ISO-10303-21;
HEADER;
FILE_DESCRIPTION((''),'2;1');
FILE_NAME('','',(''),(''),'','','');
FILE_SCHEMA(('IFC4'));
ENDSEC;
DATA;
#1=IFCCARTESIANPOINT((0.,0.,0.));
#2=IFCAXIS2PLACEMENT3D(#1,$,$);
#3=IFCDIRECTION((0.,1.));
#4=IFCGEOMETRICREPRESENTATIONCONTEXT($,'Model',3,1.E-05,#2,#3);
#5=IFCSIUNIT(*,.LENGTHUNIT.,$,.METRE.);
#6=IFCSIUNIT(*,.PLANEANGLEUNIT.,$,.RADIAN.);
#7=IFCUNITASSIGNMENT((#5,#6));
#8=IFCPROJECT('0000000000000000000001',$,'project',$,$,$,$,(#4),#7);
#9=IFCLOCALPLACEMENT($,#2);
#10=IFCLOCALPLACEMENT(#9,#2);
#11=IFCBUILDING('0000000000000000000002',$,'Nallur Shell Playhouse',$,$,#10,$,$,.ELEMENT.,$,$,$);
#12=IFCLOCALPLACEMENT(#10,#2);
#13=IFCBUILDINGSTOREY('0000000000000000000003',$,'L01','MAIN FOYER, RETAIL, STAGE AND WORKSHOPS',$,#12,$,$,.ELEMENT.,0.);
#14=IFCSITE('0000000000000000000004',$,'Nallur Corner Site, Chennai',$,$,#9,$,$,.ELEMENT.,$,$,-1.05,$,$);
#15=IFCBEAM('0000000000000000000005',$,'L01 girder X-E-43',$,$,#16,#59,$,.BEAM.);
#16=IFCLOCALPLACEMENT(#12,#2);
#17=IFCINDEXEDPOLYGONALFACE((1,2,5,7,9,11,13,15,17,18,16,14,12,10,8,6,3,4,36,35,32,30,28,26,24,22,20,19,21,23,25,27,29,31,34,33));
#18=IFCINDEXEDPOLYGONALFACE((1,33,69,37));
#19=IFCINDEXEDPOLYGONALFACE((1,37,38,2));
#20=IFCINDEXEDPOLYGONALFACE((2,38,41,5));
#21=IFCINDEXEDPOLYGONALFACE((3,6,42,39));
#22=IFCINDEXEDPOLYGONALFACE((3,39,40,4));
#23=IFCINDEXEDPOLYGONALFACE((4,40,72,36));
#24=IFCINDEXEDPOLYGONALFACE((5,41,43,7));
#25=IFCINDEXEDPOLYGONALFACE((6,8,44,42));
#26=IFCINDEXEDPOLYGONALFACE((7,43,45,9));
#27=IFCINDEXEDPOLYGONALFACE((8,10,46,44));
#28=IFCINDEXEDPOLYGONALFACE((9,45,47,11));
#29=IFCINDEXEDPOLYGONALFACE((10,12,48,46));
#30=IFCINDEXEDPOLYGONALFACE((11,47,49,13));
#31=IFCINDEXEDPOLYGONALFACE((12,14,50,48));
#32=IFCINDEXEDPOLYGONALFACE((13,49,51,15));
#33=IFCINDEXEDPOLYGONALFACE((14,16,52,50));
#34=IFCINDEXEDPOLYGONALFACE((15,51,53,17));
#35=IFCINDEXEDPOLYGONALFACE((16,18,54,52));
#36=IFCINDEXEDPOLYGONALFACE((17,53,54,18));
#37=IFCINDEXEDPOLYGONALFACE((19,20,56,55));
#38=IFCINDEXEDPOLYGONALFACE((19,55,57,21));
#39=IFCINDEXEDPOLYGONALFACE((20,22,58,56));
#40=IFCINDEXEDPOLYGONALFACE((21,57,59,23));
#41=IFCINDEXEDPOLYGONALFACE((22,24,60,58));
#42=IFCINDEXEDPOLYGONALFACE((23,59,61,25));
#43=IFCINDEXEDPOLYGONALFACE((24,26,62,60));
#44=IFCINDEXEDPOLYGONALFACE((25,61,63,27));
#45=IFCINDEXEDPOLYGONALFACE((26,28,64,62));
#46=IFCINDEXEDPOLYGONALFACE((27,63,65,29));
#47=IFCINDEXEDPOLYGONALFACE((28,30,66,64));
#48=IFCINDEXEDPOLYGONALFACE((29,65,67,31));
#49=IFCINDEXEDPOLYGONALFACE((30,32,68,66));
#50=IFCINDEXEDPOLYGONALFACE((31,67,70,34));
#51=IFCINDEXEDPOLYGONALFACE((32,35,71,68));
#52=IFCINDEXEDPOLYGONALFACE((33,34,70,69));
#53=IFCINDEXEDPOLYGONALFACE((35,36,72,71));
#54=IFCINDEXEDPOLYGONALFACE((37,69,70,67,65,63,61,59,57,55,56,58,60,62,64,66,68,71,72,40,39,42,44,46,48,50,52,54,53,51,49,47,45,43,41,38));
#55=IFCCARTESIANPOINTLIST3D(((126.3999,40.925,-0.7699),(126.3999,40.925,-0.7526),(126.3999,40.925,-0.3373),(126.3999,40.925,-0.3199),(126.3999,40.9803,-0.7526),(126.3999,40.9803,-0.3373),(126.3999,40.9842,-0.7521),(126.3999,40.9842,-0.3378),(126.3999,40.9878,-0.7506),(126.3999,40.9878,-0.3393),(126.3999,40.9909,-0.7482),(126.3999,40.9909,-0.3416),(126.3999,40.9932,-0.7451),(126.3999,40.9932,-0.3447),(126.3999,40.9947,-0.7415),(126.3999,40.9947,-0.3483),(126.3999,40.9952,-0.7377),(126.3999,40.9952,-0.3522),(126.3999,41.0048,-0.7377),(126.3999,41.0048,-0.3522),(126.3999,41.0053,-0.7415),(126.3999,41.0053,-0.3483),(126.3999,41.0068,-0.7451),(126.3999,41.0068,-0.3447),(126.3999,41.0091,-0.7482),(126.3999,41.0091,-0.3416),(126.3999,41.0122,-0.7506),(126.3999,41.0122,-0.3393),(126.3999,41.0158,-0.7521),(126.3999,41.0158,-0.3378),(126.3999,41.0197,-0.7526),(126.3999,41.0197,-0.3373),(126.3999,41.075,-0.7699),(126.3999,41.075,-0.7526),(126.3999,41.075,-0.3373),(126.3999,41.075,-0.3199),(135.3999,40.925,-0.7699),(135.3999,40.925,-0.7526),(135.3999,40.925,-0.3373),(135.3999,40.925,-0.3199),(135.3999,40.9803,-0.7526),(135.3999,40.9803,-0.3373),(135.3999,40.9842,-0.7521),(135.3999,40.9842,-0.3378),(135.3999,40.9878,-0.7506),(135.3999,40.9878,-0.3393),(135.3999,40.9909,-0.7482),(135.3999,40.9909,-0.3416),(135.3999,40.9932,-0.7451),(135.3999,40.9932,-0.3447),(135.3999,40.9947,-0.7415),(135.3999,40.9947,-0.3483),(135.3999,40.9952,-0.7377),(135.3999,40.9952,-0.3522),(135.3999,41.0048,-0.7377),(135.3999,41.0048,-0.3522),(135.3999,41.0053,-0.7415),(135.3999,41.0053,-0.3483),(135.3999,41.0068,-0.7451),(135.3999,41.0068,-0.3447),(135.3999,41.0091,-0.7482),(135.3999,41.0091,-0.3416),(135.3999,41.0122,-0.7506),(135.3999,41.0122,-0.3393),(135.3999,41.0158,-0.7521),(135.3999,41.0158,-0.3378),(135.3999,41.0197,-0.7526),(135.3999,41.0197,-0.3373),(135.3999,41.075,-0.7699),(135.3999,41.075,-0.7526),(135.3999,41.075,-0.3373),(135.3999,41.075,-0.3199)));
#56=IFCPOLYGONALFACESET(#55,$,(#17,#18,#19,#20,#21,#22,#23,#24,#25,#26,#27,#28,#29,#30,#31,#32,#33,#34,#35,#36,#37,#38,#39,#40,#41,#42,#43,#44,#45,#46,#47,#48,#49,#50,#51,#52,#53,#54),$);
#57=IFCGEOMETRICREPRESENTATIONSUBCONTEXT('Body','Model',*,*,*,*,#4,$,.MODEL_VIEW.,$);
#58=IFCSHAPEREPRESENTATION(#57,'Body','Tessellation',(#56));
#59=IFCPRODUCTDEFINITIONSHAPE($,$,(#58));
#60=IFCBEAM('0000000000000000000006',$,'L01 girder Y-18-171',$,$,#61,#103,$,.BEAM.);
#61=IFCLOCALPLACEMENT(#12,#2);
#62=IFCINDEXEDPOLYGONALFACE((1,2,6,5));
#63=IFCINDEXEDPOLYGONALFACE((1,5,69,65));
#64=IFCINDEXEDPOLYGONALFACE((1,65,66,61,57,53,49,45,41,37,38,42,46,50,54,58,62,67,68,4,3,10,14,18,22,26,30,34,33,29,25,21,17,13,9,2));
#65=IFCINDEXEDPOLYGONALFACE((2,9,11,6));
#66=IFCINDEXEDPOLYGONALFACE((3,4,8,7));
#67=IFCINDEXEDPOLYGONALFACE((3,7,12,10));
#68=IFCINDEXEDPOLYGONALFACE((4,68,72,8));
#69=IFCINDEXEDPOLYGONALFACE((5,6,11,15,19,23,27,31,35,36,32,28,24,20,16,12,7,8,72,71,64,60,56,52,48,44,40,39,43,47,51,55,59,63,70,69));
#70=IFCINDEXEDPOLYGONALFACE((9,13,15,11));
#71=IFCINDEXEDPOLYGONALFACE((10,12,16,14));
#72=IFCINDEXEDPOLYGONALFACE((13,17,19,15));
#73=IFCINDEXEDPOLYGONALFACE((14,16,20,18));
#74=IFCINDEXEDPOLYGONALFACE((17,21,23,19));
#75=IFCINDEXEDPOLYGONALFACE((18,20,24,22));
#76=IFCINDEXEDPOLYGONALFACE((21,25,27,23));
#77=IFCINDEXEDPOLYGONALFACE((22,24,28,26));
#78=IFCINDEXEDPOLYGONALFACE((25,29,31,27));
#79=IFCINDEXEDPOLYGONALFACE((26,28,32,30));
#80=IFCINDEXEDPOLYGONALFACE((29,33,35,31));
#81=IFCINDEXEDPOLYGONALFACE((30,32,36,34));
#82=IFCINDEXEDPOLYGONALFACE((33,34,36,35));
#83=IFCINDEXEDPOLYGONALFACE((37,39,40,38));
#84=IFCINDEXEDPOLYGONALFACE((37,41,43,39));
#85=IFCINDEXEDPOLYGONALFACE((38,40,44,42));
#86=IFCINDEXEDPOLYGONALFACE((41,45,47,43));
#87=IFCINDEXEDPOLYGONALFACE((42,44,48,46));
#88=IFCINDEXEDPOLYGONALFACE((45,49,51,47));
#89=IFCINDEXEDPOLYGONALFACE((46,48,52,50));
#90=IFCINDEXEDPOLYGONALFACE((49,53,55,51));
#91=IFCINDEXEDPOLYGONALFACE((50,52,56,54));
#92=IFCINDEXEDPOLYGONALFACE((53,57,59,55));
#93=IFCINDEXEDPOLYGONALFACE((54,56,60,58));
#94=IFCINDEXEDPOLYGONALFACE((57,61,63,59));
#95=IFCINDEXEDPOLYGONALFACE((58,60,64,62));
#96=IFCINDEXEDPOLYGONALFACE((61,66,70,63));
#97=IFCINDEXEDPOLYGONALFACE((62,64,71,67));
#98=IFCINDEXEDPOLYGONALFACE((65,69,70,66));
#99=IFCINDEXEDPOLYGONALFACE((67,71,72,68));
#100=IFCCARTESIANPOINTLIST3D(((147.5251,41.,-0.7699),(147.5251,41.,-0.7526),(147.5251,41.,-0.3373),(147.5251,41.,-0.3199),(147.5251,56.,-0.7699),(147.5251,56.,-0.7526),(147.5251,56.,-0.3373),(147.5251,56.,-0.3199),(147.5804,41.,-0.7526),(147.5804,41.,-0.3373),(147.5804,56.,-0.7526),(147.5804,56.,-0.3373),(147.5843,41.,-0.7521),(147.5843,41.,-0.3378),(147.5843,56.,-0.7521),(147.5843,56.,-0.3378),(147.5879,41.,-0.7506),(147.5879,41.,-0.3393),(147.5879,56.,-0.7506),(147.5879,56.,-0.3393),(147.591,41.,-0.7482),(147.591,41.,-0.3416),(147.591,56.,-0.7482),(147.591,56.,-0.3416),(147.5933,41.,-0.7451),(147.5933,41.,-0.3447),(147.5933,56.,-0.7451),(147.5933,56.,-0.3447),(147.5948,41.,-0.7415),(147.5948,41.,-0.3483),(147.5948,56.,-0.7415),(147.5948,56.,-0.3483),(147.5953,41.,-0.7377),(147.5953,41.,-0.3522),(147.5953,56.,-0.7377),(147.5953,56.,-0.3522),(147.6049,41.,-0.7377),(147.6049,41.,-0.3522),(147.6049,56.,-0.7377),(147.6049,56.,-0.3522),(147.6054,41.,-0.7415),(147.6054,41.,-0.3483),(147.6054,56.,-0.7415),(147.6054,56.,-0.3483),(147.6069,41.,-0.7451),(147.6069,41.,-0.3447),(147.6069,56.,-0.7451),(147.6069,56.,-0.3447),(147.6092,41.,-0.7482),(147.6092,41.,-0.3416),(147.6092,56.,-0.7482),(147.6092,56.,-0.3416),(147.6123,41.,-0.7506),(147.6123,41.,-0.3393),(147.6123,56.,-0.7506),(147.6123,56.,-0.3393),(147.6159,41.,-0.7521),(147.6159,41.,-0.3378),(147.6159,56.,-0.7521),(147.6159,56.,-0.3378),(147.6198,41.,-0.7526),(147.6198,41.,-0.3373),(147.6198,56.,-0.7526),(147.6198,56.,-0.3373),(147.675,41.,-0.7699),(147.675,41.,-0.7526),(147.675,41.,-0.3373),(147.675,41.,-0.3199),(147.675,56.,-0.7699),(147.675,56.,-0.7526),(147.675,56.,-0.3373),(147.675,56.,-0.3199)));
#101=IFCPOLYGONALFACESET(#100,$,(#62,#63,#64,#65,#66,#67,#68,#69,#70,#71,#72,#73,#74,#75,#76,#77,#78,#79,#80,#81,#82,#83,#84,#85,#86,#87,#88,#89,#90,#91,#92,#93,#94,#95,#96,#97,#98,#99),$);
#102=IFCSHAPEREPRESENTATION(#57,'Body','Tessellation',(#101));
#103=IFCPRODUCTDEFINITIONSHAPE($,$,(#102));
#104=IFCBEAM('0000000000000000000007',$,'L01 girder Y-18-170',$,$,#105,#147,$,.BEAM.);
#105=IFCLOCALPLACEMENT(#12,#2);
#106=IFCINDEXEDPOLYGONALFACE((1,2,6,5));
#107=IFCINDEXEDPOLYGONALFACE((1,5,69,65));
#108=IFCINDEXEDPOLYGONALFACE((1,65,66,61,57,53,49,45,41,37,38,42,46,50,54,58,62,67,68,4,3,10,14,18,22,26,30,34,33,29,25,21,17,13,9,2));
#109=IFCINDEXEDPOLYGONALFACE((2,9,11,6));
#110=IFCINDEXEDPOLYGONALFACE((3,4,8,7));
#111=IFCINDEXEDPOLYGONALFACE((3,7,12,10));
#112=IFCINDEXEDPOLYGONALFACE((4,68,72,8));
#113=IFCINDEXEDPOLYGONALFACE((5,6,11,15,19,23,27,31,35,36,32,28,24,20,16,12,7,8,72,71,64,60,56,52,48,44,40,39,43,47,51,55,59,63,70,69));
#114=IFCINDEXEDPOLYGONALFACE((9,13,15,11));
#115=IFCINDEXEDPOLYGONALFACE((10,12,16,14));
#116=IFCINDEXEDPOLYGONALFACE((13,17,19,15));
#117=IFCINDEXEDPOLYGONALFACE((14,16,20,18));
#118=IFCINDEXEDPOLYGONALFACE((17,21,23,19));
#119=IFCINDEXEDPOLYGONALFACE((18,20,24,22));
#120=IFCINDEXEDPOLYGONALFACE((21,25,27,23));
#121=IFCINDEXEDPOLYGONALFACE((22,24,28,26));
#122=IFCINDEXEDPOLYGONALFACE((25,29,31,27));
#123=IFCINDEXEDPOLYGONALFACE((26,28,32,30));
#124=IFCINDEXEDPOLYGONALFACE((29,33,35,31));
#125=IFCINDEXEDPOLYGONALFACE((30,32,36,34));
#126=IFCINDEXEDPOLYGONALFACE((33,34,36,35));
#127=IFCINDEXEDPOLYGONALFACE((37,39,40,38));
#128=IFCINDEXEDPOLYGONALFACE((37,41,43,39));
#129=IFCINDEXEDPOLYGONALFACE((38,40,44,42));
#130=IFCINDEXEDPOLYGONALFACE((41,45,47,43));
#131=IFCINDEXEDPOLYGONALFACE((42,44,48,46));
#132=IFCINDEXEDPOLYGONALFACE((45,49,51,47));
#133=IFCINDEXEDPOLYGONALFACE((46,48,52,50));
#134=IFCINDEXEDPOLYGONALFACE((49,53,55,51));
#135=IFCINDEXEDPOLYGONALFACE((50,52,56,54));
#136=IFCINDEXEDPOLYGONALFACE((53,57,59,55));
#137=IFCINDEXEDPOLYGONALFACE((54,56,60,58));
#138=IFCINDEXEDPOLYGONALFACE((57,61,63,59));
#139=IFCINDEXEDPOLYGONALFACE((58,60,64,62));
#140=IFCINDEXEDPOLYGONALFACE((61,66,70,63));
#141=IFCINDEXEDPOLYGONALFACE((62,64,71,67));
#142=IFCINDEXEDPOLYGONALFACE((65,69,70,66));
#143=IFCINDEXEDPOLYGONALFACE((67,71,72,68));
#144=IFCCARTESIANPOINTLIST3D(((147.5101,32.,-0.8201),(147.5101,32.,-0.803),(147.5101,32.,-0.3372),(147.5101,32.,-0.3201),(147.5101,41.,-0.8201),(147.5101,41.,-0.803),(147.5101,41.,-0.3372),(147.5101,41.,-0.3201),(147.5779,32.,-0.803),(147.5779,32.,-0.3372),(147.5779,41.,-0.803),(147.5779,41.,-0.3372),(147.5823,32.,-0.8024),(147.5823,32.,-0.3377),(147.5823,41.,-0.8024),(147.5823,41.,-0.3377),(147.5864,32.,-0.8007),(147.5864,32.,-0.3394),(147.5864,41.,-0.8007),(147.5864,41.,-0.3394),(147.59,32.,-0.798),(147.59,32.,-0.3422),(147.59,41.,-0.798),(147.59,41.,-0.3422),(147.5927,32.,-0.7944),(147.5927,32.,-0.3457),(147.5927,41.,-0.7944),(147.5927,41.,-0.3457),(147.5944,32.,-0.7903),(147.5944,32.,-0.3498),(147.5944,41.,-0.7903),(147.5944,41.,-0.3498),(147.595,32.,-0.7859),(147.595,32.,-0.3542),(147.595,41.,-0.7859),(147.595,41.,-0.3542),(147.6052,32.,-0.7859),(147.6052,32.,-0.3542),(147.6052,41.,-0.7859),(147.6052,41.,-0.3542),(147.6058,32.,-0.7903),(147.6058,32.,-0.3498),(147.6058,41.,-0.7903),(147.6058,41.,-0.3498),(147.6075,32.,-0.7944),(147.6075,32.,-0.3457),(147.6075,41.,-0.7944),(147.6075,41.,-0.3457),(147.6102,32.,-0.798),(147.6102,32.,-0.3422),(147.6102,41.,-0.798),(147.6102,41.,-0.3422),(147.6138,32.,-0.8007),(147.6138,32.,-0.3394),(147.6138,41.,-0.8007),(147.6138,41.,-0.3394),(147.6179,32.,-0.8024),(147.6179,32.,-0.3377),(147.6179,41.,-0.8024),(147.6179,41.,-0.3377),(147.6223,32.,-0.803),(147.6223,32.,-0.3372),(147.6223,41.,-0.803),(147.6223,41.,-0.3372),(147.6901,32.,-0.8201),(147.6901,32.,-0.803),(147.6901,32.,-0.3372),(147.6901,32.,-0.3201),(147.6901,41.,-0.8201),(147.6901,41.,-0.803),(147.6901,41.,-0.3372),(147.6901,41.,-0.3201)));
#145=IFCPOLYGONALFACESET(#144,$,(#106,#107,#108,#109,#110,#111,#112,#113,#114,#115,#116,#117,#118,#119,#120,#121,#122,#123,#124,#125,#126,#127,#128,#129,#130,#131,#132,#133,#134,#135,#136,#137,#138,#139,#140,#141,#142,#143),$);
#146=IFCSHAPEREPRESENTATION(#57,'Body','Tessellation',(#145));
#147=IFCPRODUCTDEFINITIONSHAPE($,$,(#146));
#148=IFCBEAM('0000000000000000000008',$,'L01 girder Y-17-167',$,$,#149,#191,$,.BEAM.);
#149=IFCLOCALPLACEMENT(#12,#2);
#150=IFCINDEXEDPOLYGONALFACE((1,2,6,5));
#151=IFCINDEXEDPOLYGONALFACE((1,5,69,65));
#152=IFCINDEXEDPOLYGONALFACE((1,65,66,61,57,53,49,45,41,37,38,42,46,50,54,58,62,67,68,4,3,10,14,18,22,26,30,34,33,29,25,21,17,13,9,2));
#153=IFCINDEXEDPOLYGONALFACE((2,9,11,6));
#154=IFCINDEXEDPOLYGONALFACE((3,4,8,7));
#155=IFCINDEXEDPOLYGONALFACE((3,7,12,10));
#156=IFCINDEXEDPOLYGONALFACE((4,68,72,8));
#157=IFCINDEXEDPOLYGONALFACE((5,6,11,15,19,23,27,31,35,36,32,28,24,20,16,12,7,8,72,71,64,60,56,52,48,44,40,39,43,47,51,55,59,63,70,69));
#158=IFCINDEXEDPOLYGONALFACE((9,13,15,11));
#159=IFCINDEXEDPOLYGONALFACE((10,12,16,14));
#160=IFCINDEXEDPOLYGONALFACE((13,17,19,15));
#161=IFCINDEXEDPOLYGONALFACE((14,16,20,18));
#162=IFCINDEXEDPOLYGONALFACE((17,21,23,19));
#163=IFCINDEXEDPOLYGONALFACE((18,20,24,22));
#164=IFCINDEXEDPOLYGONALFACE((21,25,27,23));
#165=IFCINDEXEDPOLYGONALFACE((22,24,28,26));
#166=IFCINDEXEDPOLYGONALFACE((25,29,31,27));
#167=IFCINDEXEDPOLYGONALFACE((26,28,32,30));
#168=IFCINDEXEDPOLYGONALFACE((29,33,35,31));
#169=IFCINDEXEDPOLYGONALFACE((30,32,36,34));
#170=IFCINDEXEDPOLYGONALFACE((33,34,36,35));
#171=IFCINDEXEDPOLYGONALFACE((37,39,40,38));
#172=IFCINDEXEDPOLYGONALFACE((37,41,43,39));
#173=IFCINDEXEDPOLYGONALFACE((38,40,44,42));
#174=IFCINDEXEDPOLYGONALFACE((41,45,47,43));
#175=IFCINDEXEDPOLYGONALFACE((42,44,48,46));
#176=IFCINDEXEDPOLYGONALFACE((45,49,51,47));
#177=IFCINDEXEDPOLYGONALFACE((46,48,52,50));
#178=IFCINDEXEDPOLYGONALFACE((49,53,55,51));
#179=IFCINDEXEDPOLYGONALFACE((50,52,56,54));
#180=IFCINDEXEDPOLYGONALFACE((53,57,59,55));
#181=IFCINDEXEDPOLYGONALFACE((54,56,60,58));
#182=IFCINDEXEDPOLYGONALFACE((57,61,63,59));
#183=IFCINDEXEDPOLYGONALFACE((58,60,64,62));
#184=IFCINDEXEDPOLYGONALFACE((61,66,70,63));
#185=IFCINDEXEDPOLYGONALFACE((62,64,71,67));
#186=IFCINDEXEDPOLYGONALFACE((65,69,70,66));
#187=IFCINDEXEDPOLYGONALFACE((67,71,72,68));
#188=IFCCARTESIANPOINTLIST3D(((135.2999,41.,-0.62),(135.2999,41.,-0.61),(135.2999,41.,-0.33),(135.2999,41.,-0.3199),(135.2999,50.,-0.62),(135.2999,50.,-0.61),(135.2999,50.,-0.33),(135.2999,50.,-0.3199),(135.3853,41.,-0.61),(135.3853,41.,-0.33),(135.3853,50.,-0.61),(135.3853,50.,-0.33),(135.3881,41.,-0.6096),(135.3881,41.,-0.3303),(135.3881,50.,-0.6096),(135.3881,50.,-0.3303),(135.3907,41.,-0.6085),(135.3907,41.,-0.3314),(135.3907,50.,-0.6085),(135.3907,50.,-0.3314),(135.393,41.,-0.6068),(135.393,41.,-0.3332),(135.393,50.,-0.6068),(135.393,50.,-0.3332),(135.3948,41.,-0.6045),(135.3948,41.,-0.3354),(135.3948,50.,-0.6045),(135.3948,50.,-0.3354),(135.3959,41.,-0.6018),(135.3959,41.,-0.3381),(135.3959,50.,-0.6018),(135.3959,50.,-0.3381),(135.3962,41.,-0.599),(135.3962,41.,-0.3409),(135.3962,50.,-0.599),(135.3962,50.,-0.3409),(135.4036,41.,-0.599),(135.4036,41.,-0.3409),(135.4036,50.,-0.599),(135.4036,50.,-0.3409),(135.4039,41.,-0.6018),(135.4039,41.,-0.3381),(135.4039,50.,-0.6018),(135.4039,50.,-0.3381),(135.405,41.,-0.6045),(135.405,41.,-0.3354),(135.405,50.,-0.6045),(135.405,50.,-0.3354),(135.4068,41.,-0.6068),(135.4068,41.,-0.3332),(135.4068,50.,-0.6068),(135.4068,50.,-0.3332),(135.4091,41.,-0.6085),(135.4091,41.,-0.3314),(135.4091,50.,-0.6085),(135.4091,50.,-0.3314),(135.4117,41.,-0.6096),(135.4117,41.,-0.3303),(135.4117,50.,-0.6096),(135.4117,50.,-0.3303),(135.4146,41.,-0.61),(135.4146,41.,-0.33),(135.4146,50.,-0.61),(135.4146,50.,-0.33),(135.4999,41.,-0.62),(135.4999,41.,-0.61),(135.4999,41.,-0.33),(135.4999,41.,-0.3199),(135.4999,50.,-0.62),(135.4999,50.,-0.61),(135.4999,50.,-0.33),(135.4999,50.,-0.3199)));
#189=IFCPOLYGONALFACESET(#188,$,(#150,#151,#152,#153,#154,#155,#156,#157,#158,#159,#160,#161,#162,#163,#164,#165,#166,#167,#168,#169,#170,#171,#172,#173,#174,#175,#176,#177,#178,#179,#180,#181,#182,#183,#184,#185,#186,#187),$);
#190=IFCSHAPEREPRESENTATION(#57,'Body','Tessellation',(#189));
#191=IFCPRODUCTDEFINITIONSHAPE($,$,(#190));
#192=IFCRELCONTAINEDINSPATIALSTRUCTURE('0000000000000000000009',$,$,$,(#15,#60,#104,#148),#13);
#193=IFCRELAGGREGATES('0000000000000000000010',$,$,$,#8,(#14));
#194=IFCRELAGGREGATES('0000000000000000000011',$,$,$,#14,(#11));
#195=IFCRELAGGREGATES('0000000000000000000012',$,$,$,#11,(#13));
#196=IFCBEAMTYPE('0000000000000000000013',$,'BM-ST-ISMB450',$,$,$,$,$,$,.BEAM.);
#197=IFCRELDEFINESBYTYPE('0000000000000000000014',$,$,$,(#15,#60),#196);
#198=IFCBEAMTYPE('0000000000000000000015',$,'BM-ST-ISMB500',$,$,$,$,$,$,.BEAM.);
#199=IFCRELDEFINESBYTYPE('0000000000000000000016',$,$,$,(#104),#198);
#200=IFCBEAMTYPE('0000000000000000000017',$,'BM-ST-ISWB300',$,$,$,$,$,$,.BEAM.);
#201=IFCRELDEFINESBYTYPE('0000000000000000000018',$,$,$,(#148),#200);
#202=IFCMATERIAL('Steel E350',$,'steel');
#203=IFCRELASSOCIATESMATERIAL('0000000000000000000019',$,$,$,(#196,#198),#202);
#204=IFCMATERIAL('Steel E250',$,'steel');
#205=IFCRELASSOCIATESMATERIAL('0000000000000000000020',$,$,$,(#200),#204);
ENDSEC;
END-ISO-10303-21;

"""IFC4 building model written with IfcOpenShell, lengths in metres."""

from ifc_helpers import new_model, si_unit, direction, frame, origin, origin_2d, place, context, subcontext, project, spatial, i_section, extrude, material, material_profile, profile_set, type_object, element, save


model = new_model("IFC4")

# Units and contexts
model_context = context("Model", 3, precision=1e-05, world=origin(), true_north=direction((0.0, 1.0)))
body_context = subcontext(model_context, "Body", "Model", "MODEL_VIEW")
ifc_project = project(units=[si_unit("LENGTHUNIT", "METRE"), si_unit("PLANEANGLEUNIT", "RADIAN")], contexts=[model_context])

# Site, building, storey
site_placement = place(None, origin())
site = spatial("IfcSite", under=ifc_project, at=site_placement, Name="Nallur Corner Site, Chennai", CompositionType="ELEMENT", RefElevation=-1.05)
building_placement = place(site_placement, origin())
building = spatial("IfcBuilding", under=site, at=building_placement, Name="Nallur Shell Playhouse", CompositionType="ELEMENT")
storey_placement = place(building_placement, origin())
storey = spatial("IfcBuildingStorey", under=building, at=storey_placement, Name="L01", Description="MAIN FOYER, RETAIL, STAGE AND WORKSHOPS", CompositionType="ELEMENT", Elevation=0.0)

# Shared definitions
ifc_material_1 = material(Name="Steel E350", Category="steel")

# Beams
ifc_material_profile_1 = material_profile(ifc_material_1, i_section(OverallWidth=0.1499, OverallDepth=0.45, WebThickness=0.0095, FlangeThickness=0.0173, FilletRadius=0.0149, at=origin_2d()), Name="ISMB 450")
ifc_profile_set_1 = profile_set([ifc_material_profile_1], Name="Steel E350")
beam_type_1 = type_object("IfcBeamType", Name="BM-ST-ISMB450", PredefinedType="BEAM", material=ifc_profile_set_1)
beam_1_placement = place(storey_placement, frame((126.3999, 41.0, -0.5449), z_axis=(1.0, 0.0, 0.0), x_axis=(0.0, 1.0, 0.0)))
element("IfcBeam", 1, at=beam_1_placement, inside=storey, type_object=beam_type_1, Name="L01 girder X-E-43", PredefinedType="BEAM", context=body_context, shape_type="SweptSolid", body=[
    extrude(i_section(OverallWidth=0.1499, OverallDepth=0.45, WebThickness=0.0095, FlangeThickness=0.0173, FilletRadius=0.0149, at=origin_2d()), origin(), (0.0, 0.0, 1.0), 9.0),
])
beam_2_placement = place(storey_placement, frame((147.6001, 41.0, -0.5449), z_axis=(0.0, 1.0, 0.0), x_axis=(-1.0, 0.0, 0.0)))
element("IfcBeam", 2, at=beam_2_placement, inside=storey, type_object=beam_type_1, Name="L01 girder Y-18-171", PredefinedType="BEAM", context=body_context, shape_type="SweptSolid", body=[
    extrude(i_section(OverallWidth=0.1499, OverallDepth=0.45, WebThickness=0.0095, FlangeThickness=0.0173, FilletRadius=0.0149, at=origin_2d()), origin(), (0.0, 0.0, 1.0), 15.0),
])
ifc_material_profile_2 = material_profile(ifc_material_1, i_section(OverallWidth=0.1799, OverallDepth=0.5, WebThickness=0.0103, FlangeThickness=0.0171, FilletRadius=0.0171, at=origin_2d()), Name="ISMB 500")
ifc_profile_set_2 = profile_set([ifc_material_profile_2], Name="Steel E350")
beam_type_2 = type_object("IfcBeamType", Name="BM-ST-ISMB500", PredefinedType="BEAM", material=ifc_profile_set_2)
beam_3_placement = place(storey_placement, frame((147.6001, 32.0, -0.5701), z_axis=(0.0, 1.0, 0.0), x_axis=(-1.0, 0.0, 0.0)))
element("IfcBeam", 3, at=beam_3_placement, inside=storey, type_object=beam_type_2, Name="L01 girder Y-18-170", PredefinedType="BEAM", context=body_context, shape_type="SweptSolid", body=[
    extrude(i_section(OverallWidth=0.1799, OverallDepth=0.5, WebThickness=0.0103, FlangeThickness=0.0171, FilletRadius=0.0171, at=origin_2d()), origin(), (0.0, 0.0, 1.0), 9.0),
])
ifc_material_2 = material(Name="Steel E250", Category="steel")
ifc_material_profile_3 = material_profile(ifc_material_2, i_section(OverallWidth=0.2, OverallDepth=0.3, WebThickness=0.0073, FlangeThickness=0.01, FilletRadius=0.011, at=origin_2d()), Name="ISWB 300")
ifc_profile_set_3 = profile_set([ifc_material_profile_3], Name="Steel E250")
beam_type_3 = type_object("IfcBeamType", Name="BM-ST-ISWB300", PredefinedType="BEAM", material=ifc_profile_set_3)
beam_4_placement = place(storey_placement, frame((135.3999, 41.0, -0.47), z_axis=(0.0, 1.0, 0.0), x_axis=(-1.0, 0.0, 0.0)))
element("IfcBeam", 4, at=beam_4_placement, inside=storey, type_object=beam_type_3, Name="L01 girder Y-17-167", PredefinedType="BEAM", context=body_context, shape_type="SweptSolid", body=[
    extrude(i_section(OverallWidth=0.2, OverallDepth=0.3, WebThickness=0.0073, FlangeThickness=0.01, FilletRadius=0.011, at=origin_2d()), origin(), (0.0, 0.0, 1.0), 9.0),
])

save(model, "model.ifc")
